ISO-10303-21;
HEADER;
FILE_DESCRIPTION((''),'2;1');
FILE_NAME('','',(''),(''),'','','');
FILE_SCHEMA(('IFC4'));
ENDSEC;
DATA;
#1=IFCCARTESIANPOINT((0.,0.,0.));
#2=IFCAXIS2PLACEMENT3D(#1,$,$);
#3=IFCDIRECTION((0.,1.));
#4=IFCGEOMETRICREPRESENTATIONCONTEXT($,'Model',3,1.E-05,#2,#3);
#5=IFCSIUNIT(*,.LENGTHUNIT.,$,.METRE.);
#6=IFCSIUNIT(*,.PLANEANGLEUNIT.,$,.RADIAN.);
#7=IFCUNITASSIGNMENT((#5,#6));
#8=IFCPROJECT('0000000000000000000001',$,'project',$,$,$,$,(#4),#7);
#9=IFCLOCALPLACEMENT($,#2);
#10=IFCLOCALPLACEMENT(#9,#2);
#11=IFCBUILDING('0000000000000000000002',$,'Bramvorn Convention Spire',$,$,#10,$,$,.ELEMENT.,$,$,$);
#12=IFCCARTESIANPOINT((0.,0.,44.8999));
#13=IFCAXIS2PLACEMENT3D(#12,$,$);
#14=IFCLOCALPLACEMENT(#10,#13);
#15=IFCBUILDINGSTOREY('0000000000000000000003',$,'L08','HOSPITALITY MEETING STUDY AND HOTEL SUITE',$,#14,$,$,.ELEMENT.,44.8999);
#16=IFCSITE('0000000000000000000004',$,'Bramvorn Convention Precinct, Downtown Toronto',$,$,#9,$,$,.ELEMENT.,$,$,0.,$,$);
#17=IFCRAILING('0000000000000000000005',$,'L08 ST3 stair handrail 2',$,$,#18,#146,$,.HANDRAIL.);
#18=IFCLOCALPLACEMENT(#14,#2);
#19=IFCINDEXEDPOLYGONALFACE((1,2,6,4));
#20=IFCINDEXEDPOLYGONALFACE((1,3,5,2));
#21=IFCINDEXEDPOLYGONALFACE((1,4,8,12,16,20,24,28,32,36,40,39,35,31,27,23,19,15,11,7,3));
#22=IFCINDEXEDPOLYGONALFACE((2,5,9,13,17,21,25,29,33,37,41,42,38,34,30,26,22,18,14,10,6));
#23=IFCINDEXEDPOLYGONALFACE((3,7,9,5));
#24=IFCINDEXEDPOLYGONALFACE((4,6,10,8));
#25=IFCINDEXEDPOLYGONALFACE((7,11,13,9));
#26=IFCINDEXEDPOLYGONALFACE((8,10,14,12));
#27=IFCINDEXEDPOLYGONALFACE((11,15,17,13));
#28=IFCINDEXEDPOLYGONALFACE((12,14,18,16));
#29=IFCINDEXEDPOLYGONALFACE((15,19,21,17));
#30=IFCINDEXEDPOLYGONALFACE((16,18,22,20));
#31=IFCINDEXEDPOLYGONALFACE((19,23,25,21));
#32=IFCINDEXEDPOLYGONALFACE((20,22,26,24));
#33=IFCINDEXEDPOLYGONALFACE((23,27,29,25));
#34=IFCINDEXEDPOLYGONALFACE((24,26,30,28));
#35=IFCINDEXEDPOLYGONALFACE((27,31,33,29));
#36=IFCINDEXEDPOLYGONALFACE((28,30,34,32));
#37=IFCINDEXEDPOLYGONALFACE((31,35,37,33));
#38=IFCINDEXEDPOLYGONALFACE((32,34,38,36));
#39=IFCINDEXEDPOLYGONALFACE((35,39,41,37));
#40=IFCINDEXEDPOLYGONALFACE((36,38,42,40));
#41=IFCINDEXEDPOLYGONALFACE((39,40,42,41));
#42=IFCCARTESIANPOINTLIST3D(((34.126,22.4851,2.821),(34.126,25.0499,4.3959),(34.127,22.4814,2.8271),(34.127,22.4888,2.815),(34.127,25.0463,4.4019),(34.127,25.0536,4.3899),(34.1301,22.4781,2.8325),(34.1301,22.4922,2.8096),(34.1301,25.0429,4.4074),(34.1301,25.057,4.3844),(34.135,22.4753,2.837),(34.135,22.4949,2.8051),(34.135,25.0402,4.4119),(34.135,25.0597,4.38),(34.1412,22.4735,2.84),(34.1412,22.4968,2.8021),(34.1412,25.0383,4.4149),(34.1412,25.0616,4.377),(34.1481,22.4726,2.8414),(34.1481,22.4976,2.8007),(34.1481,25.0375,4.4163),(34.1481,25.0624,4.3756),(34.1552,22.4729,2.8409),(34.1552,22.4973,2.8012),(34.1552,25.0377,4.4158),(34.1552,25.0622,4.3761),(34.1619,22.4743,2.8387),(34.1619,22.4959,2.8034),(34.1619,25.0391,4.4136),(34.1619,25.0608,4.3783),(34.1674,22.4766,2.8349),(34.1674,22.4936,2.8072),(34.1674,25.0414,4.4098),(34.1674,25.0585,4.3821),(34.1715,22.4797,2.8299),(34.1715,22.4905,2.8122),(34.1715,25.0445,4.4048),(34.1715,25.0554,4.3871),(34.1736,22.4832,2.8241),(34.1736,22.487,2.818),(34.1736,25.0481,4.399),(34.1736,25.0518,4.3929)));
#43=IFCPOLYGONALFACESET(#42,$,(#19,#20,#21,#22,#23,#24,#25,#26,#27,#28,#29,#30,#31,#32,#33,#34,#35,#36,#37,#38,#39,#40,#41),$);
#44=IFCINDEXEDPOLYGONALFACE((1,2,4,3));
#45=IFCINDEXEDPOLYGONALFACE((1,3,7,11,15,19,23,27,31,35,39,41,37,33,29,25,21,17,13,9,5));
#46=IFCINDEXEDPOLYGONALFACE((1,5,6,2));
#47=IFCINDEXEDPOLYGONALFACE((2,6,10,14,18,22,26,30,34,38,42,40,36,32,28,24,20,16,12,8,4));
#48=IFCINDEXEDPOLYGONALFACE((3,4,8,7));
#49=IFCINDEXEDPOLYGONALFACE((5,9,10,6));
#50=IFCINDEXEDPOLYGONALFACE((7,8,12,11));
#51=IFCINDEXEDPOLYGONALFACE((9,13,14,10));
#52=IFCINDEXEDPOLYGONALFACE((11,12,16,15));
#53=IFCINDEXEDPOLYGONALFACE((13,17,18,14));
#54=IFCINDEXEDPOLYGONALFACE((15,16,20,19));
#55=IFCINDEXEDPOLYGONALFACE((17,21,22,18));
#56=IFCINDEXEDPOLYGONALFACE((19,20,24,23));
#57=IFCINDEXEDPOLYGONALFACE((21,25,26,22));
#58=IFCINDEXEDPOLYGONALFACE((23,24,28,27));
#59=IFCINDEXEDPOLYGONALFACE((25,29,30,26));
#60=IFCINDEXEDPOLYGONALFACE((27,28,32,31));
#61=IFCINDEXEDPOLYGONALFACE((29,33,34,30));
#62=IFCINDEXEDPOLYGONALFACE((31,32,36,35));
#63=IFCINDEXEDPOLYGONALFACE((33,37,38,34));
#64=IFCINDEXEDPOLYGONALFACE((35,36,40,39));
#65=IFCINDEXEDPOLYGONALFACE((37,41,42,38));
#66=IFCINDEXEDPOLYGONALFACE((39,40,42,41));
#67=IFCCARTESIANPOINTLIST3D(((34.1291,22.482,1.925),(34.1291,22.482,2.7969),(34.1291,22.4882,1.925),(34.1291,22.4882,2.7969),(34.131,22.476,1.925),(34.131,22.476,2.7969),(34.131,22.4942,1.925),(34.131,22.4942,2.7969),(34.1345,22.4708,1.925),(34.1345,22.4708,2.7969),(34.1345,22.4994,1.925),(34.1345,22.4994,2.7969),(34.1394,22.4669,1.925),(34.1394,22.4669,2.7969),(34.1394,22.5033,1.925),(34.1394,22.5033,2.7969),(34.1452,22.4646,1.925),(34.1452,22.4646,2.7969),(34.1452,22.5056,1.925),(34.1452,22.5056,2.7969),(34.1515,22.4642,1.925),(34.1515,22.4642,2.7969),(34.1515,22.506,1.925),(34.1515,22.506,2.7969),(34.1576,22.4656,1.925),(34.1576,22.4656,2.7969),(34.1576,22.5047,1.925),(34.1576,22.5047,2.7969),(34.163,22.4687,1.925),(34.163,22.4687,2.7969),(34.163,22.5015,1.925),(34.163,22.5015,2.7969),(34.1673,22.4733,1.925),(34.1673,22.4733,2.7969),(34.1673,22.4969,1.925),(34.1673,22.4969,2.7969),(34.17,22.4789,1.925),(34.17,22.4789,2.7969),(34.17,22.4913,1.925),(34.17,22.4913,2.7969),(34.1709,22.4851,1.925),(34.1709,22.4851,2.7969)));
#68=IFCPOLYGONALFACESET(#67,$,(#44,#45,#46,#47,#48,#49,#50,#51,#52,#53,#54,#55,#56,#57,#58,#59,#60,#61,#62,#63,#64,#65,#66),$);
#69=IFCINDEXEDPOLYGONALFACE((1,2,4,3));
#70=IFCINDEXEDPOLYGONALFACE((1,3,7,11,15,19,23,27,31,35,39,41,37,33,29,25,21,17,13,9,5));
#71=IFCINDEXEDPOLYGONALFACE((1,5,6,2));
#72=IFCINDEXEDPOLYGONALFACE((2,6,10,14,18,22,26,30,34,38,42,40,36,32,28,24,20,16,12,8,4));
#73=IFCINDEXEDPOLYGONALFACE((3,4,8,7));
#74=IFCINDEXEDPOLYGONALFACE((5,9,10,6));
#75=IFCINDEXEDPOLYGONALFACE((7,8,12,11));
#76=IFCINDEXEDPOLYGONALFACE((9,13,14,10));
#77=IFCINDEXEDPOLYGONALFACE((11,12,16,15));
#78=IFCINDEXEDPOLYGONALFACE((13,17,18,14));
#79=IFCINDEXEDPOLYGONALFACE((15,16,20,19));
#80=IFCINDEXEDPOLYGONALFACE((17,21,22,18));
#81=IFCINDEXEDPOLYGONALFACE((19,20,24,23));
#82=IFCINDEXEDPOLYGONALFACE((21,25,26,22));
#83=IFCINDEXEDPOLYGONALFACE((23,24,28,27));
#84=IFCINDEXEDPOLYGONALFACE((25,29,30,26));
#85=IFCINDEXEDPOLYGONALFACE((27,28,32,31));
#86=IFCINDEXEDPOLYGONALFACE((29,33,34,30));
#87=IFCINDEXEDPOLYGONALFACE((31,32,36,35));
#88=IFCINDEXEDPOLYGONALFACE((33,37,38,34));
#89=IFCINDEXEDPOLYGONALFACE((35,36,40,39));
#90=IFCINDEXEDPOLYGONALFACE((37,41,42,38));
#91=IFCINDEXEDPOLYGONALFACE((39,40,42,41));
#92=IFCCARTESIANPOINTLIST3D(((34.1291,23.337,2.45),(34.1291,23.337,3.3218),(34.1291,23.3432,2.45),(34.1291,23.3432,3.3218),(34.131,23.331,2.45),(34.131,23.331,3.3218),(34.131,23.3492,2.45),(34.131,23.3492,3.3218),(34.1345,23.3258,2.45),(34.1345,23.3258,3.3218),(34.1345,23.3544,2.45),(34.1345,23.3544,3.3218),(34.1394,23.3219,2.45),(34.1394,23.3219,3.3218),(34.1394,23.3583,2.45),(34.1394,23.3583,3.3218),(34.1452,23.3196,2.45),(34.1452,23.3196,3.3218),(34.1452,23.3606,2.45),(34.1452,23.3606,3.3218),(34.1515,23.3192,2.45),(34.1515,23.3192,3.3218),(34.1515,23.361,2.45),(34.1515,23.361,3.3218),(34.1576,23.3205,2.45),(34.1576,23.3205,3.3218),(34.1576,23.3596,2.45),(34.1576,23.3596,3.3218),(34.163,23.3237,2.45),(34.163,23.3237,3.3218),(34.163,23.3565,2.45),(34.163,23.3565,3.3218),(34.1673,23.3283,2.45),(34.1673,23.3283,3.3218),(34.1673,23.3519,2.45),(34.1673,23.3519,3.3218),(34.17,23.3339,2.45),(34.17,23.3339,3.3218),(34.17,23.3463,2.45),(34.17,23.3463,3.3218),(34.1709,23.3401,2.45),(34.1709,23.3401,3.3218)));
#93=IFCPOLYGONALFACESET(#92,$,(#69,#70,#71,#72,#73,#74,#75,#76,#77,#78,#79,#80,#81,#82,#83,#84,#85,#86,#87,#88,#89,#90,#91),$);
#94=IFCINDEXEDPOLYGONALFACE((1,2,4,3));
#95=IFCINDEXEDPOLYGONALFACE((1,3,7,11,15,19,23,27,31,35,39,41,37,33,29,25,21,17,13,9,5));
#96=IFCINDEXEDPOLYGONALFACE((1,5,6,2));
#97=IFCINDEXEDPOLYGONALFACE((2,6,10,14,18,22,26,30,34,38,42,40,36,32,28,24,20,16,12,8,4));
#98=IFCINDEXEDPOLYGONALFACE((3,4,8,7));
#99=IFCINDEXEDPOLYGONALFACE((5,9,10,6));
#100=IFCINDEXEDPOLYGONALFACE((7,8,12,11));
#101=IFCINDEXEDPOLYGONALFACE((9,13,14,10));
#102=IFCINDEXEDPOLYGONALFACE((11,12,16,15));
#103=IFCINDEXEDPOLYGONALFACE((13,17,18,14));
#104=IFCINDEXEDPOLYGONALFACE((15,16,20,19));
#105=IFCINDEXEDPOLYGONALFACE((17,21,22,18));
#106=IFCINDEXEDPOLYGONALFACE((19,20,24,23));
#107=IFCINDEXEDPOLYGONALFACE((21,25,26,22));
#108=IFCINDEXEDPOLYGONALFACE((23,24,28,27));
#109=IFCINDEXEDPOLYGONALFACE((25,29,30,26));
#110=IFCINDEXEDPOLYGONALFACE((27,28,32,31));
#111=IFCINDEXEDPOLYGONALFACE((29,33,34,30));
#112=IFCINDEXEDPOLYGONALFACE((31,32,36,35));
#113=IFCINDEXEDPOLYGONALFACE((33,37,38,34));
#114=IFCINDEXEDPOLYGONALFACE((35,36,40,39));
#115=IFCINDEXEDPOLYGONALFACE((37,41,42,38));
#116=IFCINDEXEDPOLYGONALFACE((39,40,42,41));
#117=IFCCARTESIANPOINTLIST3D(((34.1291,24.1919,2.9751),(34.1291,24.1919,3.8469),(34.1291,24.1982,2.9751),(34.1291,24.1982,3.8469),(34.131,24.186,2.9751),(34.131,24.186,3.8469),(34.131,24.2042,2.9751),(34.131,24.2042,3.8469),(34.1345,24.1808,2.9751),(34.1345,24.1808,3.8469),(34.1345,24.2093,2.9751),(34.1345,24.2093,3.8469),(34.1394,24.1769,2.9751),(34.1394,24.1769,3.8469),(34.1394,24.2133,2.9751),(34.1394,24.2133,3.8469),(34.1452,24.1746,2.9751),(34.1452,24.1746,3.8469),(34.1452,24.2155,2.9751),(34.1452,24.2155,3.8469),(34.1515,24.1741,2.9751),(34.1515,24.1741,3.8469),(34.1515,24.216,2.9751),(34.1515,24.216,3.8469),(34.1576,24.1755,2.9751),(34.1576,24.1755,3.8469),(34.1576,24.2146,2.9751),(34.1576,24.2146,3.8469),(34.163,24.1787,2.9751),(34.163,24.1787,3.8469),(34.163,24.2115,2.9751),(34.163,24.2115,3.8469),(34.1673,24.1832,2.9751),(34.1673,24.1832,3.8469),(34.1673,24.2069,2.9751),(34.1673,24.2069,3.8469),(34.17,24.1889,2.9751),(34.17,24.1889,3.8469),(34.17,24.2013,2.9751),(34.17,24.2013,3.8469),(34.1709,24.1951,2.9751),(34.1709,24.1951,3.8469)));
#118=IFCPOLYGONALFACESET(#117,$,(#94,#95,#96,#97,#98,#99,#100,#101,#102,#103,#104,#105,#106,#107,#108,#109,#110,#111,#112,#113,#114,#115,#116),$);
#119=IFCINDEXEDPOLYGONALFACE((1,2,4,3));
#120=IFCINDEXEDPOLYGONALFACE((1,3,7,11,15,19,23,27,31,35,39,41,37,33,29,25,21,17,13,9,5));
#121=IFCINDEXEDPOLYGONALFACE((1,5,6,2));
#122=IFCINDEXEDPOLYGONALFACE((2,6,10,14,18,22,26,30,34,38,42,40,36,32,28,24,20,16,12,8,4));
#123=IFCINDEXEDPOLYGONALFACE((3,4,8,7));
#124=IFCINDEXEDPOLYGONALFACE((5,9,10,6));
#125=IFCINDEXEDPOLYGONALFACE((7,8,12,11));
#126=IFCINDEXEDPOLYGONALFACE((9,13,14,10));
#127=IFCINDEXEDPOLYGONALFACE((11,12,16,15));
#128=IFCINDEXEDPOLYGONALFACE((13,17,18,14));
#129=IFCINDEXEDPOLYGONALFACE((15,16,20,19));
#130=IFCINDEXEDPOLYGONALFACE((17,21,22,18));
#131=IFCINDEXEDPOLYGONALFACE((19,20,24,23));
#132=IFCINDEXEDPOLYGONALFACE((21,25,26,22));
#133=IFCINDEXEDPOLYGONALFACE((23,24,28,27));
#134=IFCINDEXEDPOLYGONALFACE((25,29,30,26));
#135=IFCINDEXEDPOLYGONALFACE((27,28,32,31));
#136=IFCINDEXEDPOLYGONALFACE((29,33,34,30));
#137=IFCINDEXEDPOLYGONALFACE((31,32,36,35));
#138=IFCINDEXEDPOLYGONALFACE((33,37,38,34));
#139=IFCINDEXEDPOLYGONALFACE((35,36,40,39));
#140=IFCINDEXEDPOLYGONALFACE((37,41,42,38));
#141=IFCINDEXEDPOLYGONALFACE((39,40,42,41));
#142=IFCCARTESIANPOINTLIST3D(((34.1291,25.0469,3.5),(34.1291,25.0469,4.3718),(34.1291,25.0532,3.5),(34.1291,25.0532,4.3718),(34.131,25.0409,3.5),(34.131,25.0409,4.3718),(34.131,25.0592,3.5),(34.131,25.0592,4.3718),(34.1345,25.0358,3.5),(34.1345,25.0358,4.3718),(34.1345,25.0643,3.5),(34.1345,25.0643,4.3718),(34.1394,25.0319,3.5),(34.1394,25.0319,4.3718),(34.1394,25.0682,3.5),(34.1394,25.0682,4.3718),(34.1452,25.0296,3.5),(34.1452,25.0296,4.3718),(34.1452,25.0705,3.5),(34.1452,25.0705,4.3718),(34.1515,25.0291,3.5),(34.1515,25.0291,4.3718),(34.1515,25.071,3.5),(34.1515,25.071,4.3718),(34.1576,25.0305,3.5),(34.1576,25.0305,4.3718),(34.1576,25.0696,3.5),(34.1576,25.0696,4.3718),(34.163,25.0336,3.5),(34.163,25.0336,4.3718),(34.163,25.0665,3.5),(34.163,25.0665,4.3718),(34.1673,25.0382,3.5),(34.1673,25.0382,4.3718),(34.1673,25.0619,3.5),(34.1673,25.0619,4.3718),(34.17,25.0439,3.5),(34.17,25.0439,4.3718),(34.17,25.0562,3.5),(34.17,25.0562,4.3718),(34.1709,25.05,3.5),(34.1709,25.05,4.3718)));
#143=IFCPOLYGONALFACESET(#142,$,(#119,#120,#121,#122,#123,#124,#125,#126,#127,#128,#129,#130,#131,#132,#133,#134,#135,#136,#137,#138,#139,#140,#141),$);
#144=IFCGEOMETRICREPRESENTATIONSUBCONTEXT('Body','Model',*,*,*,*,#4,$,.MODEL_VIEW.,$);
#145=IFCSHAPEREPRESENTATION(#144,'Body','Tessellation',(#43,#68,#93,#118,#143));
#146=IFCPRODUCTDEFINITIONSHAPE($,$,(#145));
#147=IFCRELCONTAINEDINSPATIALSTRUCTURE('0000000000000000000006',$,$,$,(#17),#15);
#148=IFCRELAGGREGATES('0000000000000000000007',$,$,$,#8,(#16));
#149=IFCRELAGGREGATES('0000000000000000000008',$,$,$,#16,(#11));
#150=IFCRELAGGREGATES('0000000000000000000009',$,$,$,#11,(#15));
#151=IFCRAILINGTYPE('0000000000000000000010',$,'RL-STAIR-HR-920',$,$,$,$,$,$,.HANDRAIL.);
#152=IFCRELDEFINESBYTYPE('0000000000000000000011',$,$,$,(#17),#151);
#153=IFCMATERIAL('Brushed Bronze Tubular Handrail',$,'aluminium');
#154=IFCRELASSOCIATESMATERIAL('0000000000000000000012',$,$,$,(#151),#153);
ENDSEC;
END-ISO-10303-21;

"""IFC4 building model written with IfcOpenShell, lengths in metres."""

from ifc_helpers import new_model, si_unit, direction, frame, origin, origin_2d, place, context, subcontext, project, spatial, circle, extrude, material, type_object, element, save


model = new_model("IFC4")

# Units and contexts
model_context = context("Model", 3, precision=1e-05, world=origin(), true_north=direction((0.0, 1.0)))
body_context = subcontext(model_context, "Body", "Model", "MODEL_VIEW")
ifc_project = project(units=[si_unit("LENGTHUNIT", "METRE"), si_unit("PLANEANGLEUNIT", "RADIAN")], contexts=[model_context])

# Site, building, storey
site_placement = place(None, origin())
site = spatial("IfcSite", under=ifc_project, at=site_placement, Name="Bramvorn Convention Precinct, Downtown Toronto", CompositionType="ELEMENT", RefElevation=0.0)
building_placement = place(site_placement, origin())
building = spatial("IfcBuilding", under=site, at=building_placement, Name="Bramvorn Convention Spire", CompositionType="ELEMENT")
storey_placement = place(building_placement, frame((0.0, 0.0, 44.8999)))
storey = spatial("IfcBuildingStorey", under=building, at=storey_placement, Name="L08", Description="HOSPITALITY MEETING STUDY AND HOTEL SUITE", CompositionType="ELEMENT", Elevation=44.8999)

# Railing
ifc_material_1 = material(Name="Brushed Bronze Tubular Handrail", Category="aluminium")
railing_type_1 = type_object("IfcRailingType", Name="RL-STAIR-HR-920", PredefinedType="HANDRAIL", material=ifc_material_1)
railing_1_placement = place(storey_placement, frame((34.1499, 22.4851, 1.925)))
element("IfcRailing", 1, at=railing_1_placement, inside=storey, type_object=railing_type_1, Name="L08 ST3 stair handrail 2", PredefinedType="HANDRAIL", context=body_context, shape_type="SweptSolid", body=[
    extrude(circle(Radius=0.0239, at=origin_2d()), frame((0.0, 0.0, 0.896), z_axis=(0.0, 0.852173, 0.52326), x_axis=(-1.0, 0.0, 0.0)), (0.0, 0.0, 1.0), 3.0098),
    extrude(circle(Radius=0.021, at=origin_2d()), origin(), (0.0, 0.0, 1.0), 0.8718),
    extrude(circle(Radius=0.021, at=origin_2d()), frame((0.0, 0.855, 0.5249)), (0.0, 0.0, 1.0), 0.8718),
    extrude(circle(Radius=0.021, at=origin_2d()), frame((0.0, 1.71, 1.05)), (0.0, 0.0, 1.0), 0.8718),
    extrude(circle(Radius=0.021, at=origin_2d()), frame((0.0, 2.5649, 1.575)), (0.0, 0.0, 1.0), 0.8718),
])

save(model, "model.ifc")
